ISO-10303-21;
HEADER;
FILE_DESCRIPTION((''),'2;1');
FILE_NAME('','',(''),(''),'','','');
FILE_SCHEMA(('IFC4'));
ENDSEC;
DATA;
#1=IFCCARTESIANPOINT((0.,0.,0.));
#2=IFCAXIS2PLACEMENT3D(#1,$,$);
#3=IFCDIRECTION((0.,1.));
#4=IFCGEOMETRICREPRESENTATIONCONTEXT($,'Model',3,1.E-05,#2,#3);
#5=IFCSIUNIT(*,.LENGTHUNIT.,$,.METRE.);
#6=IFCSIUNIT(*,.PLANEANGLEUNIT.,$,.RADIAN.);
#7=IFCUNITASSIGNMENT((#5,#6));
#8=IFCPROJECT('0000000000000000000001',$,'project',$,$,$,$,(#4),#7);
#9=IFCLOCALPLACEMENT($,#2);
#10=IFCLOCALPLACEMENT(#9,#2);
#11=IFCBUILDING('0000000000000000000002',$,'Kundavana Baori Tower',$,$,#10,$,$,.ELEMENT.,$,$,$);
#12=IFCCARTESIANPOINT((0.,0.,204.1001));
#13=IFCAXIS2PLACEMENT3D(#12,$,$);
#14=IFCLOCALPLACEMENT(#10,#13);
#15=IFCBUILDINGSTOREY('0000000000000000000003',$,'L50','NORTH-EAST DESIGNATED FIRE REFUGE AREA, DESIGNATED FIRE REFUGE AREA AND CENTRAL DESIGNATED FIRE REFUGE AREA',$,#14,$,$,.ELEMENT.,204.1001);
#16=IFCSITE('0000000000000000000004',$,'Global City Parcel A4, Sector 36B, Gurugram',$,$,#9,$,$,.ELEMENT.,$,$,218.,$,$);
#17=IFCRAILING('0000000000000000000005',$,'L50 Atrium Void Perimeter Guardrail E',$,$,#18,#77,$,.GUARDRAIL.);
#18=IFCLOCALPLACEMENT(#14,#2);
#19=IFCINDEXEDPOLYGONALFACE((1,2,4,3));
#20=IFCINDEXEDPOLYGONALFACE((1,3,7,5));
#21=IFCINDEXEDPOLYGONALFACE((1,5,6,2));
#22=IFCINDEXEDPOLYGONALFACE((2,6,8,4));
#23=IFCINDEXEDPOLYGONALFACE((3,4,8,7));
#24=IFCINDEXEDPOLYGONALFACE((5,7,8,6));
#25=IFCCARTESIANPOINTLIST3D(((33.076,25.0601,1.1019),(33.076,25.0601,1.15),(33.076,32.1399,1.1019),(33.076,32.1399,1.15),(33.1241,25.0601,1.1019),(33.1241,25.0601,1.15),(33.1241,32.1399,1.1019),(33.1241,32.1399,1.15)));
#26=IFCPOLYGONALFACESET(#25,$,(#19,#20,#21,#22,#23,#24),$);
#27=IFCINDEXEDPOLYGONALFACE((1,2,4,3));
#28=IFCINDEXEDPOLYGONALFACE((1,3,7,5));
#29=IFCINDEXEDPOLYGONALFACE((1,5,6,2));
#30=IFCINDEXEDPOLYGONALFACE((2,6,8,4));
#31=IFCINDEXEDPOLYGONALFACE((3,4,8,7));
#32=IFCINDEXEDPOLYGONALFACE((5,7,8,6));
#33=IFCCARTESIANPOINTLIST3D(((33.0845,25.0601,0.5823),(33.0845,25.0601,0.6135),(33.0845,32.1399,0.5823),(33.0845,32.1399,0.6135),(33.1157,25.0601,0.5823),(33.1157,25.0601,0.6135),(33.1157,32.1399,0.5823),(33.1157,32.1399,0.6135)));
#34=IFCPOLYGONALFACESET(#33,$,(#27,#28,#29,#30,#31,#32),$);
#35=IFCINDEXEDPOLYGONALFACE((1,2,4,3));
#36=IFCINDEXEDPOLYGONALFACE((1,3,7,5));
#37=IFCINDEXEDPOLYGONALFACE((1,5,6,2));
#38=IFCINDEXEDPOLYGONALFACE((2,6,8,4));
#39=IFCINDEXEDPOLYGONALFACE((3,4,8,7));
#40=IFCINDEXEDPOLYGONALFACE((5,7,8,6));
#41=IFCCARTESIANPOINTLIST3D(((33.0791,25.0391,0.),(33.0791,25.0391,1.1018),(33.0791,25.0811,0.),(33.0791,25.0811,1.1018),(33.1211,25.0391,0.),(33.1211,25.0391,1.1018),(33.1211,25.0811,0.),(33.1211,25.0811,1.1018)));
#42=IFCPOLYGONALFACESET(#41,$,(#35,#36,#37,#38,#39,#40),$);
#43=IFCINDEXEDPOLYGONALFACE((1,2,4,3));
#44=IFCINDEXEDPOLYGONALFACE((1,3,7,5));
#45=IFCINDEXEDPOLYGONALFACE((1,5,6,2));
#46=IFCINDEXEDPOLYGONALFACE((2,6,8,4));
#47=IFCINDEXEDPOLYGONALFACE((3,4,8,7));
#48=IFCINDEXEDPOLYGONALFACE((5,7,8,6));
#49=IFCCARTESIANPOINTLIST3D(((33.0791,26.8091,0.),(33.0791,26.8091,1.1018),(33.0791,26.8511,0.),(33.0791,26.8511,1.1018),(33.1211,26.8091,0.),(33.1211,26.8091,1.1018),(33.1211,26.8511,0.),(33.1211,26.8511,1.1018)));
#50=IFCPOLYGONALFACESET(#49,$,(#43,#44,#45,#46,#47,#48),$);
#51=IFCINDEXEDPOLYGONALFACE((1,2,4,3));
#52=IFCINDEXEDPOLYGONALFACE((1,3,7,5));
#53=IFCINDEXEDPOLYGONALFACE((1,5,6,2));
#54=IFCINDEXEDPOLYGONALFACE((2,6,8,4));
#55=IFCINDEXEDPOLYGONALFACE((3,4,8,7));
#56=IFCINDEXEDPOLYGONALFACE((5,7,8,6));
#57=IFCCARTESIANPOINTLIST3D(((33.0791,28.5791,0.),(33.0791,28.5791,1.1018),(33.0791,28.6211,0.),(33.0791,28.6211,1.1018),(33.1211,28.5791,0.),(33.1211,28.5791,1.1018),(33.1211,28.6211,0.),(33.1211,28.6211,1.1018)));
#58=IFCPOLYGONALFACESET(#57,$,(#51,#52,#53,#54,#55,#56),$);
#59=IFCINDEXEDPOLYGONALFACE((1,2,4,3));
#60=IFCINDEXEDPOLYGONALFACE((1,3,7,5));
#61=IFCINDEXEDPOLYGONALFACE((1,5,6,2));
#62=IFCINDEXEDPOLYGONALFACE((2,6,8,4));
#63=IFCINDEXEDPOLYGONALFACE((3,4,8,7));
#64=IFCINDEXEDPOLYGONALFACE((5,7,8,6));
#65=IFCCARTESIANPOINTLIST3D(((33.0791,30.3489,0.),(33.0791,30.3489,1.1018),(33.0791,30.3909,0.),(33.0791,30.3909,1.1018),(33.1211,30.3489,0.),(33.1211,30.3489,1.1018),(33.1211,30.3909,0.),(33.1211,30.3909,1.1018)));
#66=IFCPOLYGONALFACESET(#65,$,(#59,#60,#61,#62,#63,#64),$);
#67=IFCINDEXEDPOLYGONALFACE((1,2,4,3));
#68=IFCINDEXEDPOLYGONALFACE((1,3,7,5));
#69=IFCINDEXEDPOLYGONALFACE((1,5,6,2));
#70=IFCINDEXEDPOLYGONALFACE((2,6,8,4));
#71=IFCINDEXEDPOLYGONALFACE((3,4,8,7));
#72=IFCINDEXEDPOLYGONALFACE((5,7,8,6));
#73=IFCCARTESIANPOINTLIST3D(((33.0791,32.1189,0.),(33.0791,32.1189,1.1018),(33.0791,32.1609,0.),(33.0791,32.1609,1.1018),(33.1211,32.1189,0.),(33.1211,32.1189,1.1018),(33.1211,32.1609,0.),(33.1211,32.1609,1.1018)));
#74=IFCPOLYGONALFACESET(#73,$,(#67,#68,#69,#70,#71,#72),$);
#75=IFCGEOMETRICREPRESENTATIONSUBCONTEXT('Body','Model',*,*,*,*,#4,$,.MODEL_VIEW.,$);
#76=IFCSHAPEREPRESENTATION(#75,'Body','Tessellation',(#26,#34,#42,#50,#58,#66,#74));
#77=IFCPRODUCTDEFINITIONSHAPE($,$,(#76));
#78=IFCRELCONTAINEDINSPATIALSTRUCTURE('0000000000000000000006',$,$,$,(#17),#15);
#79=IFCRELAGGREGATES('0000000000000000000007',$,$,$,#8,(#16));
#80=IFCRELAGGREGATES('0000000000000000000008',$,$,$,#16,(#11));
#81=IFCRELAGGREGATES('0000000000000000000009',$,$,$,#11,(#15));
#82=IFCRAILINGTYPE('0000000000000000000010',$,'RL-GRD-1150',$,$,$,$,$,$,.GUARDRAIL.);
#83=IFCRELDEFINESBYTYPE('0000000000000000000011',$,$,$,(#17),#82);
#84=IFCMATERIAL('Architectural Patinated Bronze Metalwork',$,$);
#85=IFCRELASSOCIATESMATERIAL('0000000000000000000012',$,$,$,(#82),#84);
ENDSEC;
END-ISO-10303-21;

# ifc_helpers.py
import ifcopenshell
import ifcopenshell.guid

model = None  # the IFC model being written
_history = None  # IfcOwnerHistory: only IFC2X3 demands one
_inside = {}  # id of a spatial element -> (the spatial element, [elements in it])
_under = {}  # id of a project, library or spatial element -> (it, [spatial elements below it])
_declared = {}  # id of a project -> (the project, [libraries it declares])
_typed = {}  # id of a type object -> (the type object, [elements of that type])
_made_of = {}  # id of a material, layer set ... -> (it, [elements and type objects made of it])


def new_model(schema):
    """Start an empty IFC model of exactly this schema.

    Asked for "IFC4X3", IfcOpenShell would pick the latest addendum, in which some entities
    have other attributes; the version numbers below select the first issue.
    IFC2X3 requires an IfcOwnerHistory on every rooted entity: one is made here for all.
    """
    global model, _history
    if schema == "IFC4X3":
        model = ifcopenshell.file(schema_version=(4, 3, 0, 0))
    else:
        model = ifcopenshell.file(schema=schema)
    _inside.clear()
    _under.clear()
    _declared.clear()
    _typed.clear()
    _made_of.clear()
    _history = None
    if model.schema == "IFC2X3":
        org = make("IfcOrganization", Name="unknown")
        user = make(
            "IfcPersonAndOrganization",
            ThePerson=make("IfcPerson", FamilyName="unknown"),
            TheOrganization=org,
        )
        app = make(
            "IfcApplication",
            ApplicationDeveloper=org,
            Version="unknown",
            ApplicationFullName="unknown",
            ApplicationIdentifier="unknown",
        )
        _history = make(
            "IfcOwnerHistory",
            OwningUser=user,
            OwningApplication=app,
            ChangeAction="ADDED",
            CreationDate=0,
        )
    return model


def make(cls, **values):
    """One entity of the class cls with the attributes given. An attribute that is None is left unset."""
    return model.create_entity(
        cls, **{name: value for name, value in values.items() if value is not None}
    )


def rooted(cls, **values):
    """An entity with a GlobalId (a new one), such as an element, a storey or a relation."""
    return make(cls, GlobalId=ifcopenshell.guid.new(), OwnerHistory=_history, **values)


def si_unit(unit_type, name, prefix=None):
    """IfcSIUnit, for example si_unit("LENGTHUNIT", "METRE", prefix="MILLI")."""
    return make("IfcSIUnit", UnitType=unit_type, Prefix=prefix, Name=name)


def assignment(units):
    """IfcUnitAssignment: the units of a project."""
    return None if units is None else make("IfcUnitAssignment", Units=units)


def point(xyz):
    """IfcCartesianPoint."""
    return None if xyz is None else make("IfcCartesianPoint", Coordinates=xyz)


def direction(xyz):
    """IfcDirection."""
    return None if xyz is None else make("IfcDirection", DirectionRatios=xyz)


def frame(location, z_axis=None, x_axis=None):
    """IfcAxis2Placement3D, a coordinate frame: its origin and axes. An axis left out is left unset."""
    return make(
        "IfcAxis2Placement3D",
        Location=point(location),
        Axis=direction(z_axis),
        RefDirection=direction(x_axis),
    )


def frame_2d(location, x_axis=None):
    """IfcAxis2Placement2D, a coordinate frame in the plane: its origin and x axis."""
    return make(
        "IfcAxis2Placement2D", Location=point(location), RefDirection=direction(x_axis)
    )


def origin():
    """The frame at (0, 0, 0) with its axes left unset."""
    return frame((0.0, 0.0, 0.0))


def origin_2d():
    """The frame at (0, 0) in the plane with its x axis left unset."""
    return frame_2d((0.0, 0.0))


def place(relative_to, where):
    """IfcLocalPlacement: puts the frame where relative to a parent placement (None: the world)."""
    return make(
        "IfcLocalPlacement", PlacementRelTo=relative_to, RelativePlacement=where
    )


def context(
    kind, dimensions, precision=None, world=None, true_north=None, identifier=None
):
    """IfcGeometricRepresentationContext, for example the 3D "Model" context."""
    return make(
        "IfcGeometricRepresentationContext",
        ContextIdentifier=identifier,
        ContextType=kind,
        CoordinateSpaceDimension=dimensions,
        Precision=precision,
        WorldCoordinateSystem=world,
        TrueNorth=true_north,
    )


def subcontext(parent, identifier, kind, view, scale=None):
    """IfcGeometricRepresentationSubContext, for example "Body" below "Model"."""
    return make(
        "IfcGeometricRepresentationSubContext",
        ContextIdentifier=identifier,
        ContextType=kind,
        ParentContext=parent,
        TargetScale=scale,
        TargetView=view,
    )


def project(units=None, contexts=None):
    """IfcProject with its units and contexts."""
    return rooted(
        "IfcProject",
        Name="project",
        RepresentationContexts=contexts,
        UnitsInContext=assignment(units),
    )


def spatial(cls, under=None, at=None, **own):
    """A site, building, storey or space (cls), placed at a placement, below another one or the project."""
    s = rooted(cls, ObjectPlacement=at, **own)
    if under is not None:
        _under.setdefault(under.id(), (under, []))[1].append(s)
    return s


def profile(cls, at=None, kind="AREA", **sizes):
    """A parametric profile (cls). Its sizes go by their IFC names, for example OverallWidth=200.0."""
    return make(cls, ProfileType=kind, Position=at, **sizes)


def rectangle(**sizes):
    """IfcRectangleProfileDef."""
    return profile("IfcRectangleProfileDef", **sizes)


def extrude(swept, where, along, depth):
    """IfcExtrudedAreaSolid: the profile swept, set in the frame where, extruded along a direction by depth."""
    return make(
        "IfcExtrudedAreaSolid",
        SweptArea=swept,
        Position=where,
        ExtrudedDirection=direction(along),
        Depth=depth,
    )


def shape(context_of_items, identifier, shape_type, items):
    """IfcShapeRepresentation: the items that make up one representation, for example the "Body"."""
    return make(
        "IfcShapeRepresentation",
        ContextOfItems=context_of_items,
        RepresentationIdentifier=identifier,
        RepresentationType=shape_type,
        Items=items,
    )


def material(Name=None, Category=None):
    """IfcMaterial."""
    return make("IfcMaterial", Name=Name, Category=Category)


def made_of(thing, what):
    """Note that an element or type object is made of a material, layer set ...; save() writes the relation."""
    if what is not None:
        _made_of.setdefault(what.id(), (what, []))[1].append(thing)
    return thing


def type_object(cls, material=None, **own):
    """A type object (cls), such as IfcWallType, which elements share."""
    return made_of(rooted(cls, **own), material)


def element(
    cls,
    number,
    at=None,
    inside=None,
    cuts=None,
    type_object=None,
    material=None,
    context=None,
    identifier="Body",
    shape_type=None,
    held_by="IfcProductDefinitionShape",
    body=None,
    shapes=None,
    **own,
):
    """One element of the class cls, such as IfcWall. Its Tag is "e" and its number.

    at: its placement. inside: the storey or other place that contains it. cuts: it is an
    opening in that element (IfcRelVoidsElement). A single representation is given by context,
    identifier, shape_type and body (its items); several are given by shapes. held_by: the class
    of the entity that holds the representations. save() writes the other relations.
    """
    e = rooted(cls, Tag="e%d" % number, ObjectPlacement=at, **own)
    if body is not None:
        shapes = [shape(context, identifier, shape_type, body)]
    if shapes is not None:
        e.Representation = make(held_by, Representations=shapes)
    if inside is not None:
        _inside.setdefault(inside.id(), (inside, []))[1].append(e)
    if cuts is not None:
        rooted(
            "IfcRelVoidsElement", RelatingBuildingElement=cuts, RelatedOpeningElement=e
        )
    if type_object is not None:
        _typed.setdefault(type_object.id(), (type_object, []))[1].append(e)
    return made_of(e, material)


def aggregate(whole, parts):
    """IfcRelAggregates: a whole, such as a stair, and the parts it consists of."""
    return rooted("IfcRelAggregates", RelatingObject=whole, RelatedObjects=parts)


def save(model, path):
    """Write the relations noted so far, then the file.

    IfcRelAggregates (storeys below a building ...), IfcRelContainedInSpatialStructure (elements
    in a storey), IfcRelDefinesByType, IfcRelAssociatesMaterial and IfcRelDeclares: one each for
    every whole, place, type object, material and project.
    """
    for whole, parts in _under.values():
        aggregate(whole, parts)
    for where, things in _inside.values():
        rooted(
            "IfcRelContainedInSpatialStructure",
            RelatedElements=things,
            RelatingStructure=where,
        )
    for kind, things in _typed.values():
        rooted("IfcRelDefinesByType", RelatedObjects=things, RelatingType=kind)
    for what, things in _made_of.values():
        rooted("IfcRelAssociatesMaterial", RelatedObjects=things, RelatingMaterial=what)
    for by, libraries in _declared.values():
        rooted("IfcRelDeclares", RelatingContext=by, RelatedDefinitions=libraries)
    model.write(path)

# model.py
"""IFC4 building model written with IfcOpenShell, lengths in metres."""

from ifc_helpers import new_model, si_unit, direction, frame, origin, origin_2d, place, context, subcontext, project, spatial, rectangle, extrude, material, type_object, element, save


model = new_model("IFC4")

# Units and contexts
model_context = context("Model", 3, precision=1e-05, world=origin(), true_north=direction((0.0, 1.0)))
body_context = subcontext(model_context, "Body", "Model", "MODEL_VIEW")
ifc_project = project(units=[si_unit("LENGTHUNIT", "METRE"), si_unit("PLANEANGLEUNIT", "RADIAN")], contexts=[model_context])

# Site, building, storey
site_placement = place(None, origin())
site = spatial("IfcSite", under=ifc_project, at=site_placement, Name="Global City Parcel A4, Sector 36B, Gurugram", CompositionType="ELEMENT", RefElevation=218.0)
building_placement = place(site_placement, origin())
building = spatial("IfcBuilding", under=site, at=building_placement, Name="Kundavana Baori Tower", CompositionType="ELEMENT")
storey_placement = place(building_placement, frame((0.0, 0.0, 204.1001)))
storey = spatial("IfcBuildingStorey", under=building, at=storey_placement, Name="L50", Description="NORTH-EAST DESIGNATED FIRE REFUGE AREA, DESIGNATED FIRE REFUGE AREA AND CENTRAL DESIGNATED FIRE REFUGE AREA", CompositionType="ELEMENT", Elevation=204.1001)

# Railing
ifc_material_1 = material(Name="Architectural Patinated Bronze Metalwork")
railing_type = type_object("IfcRailingType", Name="RL-GRD-1150", PredefinedType="GUARDRAIL", material=ifc_material_1)
railing_1_placement = place(storey_placement, frame((33.1001, 25.0601, 0.0)))
element("IfcRailing", 1, at=railing_1_placement, inside=storey, type_object=railing_type, Name="L50 Atrium Void Perimeter Guardrail E", PredefinedType="GUARDRAIL", context=body_context, shape_type="SweptSolid", body=[
    extrude(rectangle(XDim=0.0481, YDim=0.0481, at=origin_2d()), frame((0.0, 0.0, 1.126), z_axis=(0.0, 1.0, 0.0), x_axis=(-1.0, 0.0, 0.0)), (0.0, 0.0, 1.0), 7.0798),
    extrude(rectangle(XDim=0.0312, YDim=0.0312, at=origin_2d()), frame((0.0, 0.0, 0.5979), z_axis=(0.0, 1.0, 0.0), x_axis=(-1.0, 0.0, 0.0)), (0.0, 0.0, 1.0), 7.0798),
    extrude(rectangle(XDim=0.042, YDim=0.042, at=origin_2d()), origin(), (0.0, 0.0, 1.0), 1.1018),
    extrude(rectangle(XDim=0.042, YDim=0.042, at=origin_2d()), frame((0.0, 1.77, 0.0)), (0.0, 0.0, 1.0), 1.1018),
    extrude(rectangle(XDim=0.042, YDim=0.042, at=origin_2d()), frame((0.0, 3.54, 0.0)), (0.0, 0.0, 1.0), 1.1018),
    extrude(rectangle(XDim=0.042, YDim=0.042, at=origin_2d()), frame((0.0, 5.3098, 0.0)), (0.0, 0.0, 1.0), 1.1018),
    extrude(rectangle(XDim=0.042, YDim=0.042, at=origin_2d()), frame((0.0, 7.0798, 0.0)), (0.0, 0.0, 1.0), 1.1018),
])

save(model, "model.ifc")
